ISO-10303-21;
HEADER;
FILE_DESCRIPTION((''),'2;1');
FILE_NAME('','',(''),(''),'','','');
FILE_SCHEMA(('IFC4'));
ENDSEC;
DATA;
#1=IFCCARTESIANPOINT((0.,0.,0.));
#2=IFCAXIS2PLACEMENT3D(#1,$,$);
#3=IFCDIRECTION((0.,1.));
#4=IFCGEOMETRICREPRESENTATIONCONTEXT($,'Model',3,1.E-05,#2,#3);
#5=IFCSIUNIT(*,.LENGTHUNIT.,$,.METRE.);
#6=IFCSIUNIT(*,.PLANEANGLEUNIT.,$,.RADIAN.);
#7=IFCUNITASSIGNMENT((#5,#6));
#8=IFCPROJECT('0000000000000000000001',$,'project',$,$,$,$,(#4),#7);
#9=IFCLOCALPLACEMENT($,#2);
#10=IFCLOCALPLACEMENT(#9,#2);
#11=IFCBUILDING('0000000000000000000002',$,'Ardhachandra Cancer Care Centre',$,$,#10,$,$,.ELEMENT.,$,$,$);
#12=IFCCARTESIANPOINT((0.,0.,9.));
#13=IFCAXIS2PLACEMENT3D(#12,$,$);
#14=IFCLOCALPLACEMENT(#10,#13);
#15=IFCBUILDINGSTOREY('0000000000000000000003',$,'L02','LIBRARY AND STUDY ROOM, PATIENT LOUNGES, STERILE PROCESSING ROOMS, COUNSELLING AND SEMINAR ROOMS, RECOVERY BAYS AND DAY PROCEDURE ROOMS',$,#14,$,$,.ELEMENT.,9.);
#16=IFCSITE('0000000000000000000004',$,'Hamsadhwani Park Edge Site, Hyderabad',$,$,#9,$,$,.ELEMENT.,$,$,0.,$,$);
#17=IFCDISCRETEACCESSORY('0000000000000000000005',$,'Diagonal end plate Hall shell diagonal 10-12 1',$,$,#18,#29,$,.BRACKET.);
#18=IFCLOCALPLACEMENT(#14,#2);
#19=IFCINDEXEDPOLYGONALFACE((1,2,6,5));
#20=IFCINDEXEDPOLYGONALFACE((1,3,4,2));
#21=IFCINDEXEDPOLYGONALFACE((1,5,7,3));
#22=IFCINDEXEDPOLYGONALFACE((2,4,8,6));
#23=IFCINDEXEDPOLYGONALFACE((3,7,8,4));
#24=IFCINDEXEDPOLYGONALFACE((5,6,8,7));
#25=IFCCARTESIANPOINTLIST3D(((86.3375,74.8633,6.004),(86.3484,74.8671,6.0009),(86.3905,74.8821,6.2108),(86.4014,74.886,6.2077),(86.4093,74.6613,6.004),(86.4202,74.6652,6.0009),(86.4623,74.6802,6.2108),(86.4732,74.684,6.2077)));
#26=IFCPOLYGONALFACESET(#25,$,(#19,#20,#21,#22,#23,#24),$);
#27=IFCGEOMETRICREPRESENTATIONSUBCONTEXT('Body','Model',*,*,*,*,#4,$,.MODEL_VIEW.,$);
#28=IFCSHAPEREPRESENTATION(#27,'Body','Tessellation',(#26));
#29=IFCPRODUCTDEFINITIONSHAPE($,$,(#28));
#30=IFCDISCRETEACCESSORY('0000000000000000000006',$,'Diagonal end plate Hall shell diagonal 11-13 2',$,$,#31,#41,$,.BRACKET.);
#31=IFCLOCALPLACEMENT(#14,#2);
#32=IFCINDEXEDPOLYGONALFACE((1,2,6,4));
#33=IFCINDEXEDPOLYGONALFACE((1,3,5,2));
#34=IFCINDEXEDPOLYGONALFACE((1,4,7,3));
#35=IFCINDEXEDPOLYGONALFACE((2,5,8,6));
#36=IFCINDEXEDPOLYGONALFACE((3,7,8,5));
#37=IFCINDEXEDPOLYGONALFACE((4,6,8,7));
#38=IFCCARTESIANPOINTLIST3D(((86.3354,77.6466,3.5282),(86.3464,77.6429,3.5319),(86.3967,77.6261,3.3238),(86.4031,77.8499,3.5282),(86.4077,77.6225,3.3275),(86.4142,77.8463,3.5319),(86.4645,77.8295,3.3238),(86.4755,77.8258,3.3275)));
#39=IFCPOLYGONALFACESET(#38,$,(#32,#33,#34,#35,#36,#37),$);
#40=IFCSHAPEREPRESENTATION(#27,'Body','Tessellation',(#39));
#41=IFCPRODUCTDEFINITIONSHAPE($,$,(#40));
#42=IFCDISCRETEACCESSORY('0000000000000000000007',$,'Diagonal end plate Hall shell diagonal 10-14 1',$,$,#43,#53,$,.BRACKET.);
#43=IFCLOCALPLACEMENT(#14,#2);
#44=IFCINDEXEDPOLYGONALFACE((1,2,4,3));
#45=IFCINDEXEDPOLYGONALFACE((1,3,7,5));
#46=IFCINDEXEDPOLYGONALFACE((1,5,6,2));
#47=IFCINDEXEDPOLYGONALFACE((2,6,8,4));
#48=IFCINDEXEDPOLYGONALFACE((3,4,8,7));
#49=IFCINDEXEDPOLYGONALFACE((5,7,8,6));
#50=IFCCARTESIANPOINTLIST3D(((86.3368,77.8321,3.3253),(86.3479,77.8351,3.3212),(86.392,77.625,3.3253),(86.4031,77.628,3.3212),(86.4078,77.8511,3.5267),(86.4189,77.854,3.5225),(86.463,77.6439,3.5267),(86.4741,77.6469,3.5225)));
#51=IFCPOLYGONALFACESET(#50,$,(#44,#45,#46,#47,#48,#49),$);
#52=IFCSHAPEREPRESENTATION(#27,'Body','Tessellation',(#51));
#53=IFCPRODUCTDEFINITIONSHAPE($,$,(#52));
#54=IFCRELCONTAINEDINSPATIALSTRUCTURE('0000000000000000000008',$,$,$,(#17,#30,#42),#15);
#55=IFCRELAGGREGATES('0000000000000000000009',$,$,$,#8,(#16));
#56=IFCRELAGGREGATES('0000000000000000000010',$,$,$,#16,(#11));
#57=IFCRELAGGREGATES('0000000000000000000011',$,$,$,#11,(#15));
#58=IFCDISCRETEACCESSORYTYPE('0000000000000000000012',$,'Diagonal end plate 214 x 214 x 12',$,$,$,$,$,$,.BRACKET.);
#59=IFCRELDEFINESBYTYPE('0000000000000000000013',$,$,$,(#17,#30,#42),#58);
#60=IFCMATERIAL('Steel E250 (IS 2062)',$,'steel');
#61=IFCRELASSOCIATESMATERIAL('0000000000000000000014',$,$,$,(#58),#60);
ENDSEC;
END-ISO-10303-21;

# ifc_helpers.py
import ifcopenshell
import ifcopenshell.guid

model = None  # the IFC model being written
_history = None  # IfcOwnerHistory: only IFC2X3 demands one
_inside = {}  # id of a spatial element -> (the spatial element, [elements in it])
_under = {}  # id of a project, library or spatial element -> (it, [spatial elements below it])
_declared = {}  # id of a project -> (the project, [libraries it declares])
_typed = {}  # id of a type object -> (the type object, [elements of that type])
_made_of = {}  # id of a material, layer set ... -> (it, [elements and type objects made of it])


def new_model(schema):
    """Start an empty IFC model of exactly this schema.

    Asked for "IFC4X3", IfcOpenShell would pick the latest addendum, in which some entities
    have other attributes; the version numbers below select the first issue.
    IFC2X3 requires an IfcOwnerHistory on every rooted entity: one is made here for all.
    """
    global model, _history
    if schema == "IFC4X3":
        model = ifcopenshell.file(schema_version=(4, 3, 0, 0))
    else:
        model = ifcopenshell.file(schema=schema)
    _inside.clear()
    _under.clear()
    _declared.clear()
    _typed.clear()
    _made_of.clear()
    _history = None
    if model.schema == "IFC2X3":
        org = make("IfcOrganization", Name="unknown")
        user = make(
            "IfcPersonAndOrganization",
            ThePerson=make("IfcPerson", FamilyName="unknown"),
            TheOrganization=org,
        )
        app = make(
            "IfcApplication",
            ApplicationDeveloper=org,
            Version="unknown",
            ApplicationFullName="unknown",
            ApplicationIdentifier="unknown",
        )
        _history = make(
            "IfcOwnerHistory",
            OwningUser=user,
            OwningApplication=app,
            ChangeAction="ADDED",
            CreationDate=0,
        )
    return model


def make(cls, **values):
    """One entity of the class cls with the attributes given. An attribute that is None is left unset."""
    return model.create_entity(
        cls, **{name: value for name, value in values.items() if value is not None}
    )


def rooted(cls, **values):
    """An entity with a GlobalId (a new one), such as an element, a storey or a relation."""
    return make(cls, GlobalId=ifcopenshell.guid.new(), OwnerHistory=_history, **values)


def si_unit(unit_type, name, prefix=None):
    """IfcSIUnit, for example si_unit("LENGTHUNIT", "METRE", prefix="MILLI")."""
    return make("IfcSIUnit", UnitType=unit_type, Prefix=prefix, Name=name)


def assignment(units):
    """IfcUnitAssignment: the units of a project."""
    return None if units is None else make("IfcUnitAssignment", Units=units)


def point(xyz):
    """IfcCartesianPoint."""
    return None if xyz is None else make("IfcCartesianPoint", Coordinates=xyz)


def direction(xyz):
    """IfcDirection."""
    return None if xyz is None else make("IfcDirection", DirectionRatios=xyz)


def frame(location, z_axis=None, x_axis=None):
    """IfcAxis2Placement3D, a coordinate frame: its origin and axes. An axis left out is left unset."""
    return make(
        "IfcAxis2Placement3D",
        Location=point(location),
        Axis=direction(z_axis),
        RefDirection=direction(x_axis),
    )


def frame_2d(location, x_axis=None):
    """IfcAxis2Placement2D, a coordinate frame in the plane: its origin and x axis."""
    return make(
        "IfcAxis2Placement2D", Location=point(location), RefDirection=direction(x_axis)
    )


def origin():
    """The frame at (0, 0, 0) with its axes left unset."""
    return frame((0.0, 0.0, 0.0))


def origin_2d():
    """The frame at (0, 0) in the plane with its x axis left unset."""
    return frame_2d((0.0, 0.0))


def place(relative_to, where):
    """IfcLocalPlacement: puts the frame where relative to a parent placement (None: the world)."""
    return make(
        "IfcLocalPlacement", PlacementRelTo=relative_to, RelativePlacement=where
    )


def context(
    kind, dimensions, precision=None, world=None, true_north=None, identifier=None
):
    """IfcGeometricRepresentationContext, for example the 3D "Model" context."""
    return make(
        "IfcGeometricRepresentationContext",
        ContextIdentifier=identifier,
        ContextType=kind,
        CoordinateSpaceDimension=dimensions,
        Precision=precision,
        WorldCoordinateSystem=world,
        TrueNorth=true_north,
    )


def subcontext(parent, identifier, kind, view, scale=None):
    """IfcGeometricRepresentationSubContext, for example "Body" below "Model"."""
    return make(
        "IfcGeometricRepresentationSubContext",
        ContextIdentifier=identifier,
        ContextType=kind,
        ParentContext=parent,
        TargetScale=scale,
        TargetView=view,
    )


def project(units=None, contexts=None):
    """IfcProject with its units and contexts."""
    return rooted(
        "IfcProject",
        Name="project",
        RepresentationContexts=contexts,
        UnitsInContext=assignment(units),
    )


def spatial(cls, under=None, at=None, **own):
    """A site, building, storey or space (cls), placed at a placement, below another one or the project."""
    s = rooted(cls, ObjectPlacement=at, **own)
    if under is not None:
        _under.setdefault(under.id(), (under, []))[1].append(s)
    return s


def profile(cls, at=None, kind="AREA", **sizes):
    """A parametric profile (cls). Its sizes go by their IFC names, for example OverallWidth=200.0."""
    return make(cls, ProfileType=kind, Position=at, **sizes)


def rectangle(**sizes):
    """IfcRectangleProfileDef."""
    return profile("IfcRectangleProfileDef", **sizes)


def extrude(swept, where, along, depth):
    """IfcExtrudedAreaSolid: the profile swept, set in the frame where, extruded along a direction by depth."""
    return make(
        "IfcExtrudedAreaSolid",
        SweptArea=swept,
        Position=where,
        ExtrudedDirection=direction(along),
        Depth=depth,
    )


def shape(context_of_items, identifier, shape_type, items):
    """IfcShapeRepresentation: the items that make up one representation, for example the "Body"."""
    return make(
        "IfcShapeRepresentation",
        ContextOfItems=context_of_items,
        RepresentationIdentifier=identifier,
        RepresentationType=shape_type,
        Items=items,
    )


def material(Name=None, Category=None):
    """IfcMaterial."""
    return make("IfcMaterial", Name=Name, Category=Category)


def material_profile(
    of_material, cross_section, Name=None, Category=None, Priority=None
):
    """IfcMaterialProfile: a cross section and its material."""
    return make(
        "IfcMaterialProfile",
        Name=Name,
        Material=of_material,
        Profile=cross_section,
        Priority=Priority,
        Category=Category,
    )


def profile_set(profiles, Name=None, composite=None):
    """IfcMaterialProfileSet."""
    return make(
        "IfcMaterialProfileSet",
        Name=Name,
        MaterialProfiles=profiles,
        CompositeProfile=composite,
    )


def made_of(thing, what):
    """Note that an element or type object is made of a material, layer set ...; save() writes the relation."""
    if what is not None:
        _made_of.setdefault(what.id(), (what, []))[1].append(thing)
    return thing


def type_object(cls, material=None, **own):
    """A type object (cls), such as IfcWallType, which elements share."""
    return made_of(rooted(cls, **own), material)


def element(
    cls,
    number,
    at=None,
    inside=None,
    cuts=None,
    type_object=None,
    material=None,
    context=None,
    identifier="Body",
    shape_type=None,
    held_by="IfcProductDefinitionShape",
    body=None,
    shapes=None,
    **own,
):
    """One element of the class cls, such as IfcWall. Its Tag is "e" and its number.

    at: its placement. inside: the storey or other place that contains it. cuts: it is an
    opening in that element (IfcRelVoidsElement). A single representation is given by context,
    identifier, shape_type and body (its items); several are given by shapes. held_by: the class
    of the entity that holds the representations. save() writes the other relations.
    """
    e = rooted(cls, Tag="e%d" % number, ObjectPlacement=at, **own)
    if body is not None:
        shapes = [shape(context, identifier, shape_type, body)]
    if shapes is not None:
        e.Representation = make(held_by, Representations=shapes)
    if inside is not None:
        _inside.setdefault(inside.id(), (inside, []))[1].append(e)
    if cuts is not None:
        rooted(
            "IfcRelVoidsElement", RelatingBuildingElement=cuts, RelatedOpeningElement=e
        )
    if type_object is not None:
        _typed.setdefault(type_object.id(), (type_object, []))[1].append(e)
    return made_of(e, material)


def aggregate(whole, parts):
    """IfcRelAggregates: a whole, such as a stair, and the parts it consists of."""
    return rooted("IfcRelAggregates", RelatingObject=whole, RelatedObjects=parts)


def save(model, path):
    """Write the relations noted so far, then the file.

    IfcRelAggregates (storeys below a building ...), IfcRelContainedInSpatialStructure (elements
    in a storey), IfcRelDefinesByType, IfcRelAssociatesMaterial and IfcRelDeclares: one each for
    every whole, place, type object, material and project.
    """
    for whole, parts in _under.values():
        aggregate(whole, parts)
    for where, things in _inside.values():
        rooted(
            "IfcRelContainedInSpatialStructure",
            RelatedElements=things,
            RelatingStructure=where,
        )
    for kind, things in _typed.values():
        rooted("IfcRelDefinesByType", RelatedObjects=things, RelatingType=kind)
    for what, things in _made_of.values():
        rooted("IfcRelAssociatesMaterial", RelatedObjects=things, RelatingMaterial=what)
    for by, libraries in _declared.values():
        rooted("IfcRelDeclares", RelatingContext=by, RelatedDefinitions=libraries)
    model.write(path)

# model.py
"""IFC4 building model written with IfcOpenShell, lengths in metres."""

from ifc_helpers import new_model, si_unit, direction, frame, origin, origin_2d, place, context, subcontext, project, spatial, rectangle, extrude, material, material_profile, profile_set, type_object, element, save


model = new_model("IFC4")

# Units and contexts
model_context = context("Model", 3, precision=1e-05, world=origin(), true_north=direction((0.0, 1.0)))
body_context = subcontext(model_context, "Body", "Model", "MODEL_VIEW")
ifc_project = project(units=[si_unit("LENGTHUNIT", "METRE"), si_unit("PLANEANGLEUNIT", "RADIAN")], contexts=[model_context])

# Site, building, storey
site_placement = place(None, origin())
site = spatial("IfcSite", under=ifc_project, at=site_placement, Name="Hamsadhwani Park Edge Site, Hyderabad", CompositionType="ELEMENT", RefElevation=0.0)
building_placement = place(site_placement, origin())
building = spatial("IfcBuilding", under=site, at=building_placement, Name="Ardhachandra Cancer Care Centre", CompositionType="ELEMENT")
storey_placement = place(building_placement, frame((0.0, 0.0, 9.0)))
storey = spatial("IfcBuildingStorey", under=building, at=storey_placement, Name="L02", Description="LIBRARY AND STUDY ROOM, PATIENT LOUNGES, STERILE PROCESSING ROOMS, COUNSELLING AND SEMINAR ROOMS, RECOVERY BAYS AND DAY PROCEDURE ROOMS", CompositionType="ELEMENT", Elevation=9.0)

# Discrete accessories
ifc_material_1 = material(Name="Steel E250 (IS 2062)", Category="steel")
ifc_material_profile_1 = material_profile(ifc_material_1, rectangle(XDim=0.2144, YDim=0.2144, at=origin_2d()), Name="PL 214x214x12")
ifc_profile_set_1 = profile_set([ifc_material_profile_1], Name="Steel E250 (IS 2062)")
discrete_accessory_type = type_object("IfcDiscreteAccessoryType", Name="Diagonal end plate 214 x 214 x 12", PredefinedType="BRACKET", material=ifc_profile_set_1)
discrete_accessory_1_placement = place(storey_placement, frame((86.3999, 74.7717, 6.1074), z_axis=(0.909137, 0.323249, -0.26264), x_axis=(-0.33501, 0.942215, 0.0)))
element("IfcDiscreteAccessory", 1, at=discrete_accessory_1_placement, inside=storey, type_object=discrete_accessory_type, Name="Diagonal end plate Hall shell diagonal 10-12 1", PredefinedType="BRACKET", context=body_context, shape_type="SweptSolid", body=[
    extrude(rectangle(XDim=0.2144, YDim=0.2144, at=origin_2d()), origin(), (0.0, 0.0, 1.0), 0.012),
])
for number, where, z_axis, x_axis, name in (
    (2, (86.3999, 77.738, 3.426), (0.904534, -0.301511, 0.301511), (0.316228, 0.948683, 0.0), "Diagonal end plate Hall shell diagonal 11-13 2"),
    (3, (86.3999, 77.738, 3.426), (0.907657, 0.242042, -0.342892), (-0.257663, 0.966235, 0.0), "Diagonal end plate Hall shell diagonal 10-14 1"),
):
    element("IfcDiscreteAccessory", number, at=place(storey_placement, frame(where, z_axis=z_axis, x_axis=x_axis)), inside=storey, type_object=discrete_accessory_type, Name=name, PredefinedType="BRACKET", context=body_context, shape_type="SweptSolid", body=[
        extrude(rectangle(XDim=0.2144, YDim=0.2144, at=origin_2d()), origin(), (0.0, 0.0, 1.0), 0.0122),
    ])

save(model, "model.ifc")
